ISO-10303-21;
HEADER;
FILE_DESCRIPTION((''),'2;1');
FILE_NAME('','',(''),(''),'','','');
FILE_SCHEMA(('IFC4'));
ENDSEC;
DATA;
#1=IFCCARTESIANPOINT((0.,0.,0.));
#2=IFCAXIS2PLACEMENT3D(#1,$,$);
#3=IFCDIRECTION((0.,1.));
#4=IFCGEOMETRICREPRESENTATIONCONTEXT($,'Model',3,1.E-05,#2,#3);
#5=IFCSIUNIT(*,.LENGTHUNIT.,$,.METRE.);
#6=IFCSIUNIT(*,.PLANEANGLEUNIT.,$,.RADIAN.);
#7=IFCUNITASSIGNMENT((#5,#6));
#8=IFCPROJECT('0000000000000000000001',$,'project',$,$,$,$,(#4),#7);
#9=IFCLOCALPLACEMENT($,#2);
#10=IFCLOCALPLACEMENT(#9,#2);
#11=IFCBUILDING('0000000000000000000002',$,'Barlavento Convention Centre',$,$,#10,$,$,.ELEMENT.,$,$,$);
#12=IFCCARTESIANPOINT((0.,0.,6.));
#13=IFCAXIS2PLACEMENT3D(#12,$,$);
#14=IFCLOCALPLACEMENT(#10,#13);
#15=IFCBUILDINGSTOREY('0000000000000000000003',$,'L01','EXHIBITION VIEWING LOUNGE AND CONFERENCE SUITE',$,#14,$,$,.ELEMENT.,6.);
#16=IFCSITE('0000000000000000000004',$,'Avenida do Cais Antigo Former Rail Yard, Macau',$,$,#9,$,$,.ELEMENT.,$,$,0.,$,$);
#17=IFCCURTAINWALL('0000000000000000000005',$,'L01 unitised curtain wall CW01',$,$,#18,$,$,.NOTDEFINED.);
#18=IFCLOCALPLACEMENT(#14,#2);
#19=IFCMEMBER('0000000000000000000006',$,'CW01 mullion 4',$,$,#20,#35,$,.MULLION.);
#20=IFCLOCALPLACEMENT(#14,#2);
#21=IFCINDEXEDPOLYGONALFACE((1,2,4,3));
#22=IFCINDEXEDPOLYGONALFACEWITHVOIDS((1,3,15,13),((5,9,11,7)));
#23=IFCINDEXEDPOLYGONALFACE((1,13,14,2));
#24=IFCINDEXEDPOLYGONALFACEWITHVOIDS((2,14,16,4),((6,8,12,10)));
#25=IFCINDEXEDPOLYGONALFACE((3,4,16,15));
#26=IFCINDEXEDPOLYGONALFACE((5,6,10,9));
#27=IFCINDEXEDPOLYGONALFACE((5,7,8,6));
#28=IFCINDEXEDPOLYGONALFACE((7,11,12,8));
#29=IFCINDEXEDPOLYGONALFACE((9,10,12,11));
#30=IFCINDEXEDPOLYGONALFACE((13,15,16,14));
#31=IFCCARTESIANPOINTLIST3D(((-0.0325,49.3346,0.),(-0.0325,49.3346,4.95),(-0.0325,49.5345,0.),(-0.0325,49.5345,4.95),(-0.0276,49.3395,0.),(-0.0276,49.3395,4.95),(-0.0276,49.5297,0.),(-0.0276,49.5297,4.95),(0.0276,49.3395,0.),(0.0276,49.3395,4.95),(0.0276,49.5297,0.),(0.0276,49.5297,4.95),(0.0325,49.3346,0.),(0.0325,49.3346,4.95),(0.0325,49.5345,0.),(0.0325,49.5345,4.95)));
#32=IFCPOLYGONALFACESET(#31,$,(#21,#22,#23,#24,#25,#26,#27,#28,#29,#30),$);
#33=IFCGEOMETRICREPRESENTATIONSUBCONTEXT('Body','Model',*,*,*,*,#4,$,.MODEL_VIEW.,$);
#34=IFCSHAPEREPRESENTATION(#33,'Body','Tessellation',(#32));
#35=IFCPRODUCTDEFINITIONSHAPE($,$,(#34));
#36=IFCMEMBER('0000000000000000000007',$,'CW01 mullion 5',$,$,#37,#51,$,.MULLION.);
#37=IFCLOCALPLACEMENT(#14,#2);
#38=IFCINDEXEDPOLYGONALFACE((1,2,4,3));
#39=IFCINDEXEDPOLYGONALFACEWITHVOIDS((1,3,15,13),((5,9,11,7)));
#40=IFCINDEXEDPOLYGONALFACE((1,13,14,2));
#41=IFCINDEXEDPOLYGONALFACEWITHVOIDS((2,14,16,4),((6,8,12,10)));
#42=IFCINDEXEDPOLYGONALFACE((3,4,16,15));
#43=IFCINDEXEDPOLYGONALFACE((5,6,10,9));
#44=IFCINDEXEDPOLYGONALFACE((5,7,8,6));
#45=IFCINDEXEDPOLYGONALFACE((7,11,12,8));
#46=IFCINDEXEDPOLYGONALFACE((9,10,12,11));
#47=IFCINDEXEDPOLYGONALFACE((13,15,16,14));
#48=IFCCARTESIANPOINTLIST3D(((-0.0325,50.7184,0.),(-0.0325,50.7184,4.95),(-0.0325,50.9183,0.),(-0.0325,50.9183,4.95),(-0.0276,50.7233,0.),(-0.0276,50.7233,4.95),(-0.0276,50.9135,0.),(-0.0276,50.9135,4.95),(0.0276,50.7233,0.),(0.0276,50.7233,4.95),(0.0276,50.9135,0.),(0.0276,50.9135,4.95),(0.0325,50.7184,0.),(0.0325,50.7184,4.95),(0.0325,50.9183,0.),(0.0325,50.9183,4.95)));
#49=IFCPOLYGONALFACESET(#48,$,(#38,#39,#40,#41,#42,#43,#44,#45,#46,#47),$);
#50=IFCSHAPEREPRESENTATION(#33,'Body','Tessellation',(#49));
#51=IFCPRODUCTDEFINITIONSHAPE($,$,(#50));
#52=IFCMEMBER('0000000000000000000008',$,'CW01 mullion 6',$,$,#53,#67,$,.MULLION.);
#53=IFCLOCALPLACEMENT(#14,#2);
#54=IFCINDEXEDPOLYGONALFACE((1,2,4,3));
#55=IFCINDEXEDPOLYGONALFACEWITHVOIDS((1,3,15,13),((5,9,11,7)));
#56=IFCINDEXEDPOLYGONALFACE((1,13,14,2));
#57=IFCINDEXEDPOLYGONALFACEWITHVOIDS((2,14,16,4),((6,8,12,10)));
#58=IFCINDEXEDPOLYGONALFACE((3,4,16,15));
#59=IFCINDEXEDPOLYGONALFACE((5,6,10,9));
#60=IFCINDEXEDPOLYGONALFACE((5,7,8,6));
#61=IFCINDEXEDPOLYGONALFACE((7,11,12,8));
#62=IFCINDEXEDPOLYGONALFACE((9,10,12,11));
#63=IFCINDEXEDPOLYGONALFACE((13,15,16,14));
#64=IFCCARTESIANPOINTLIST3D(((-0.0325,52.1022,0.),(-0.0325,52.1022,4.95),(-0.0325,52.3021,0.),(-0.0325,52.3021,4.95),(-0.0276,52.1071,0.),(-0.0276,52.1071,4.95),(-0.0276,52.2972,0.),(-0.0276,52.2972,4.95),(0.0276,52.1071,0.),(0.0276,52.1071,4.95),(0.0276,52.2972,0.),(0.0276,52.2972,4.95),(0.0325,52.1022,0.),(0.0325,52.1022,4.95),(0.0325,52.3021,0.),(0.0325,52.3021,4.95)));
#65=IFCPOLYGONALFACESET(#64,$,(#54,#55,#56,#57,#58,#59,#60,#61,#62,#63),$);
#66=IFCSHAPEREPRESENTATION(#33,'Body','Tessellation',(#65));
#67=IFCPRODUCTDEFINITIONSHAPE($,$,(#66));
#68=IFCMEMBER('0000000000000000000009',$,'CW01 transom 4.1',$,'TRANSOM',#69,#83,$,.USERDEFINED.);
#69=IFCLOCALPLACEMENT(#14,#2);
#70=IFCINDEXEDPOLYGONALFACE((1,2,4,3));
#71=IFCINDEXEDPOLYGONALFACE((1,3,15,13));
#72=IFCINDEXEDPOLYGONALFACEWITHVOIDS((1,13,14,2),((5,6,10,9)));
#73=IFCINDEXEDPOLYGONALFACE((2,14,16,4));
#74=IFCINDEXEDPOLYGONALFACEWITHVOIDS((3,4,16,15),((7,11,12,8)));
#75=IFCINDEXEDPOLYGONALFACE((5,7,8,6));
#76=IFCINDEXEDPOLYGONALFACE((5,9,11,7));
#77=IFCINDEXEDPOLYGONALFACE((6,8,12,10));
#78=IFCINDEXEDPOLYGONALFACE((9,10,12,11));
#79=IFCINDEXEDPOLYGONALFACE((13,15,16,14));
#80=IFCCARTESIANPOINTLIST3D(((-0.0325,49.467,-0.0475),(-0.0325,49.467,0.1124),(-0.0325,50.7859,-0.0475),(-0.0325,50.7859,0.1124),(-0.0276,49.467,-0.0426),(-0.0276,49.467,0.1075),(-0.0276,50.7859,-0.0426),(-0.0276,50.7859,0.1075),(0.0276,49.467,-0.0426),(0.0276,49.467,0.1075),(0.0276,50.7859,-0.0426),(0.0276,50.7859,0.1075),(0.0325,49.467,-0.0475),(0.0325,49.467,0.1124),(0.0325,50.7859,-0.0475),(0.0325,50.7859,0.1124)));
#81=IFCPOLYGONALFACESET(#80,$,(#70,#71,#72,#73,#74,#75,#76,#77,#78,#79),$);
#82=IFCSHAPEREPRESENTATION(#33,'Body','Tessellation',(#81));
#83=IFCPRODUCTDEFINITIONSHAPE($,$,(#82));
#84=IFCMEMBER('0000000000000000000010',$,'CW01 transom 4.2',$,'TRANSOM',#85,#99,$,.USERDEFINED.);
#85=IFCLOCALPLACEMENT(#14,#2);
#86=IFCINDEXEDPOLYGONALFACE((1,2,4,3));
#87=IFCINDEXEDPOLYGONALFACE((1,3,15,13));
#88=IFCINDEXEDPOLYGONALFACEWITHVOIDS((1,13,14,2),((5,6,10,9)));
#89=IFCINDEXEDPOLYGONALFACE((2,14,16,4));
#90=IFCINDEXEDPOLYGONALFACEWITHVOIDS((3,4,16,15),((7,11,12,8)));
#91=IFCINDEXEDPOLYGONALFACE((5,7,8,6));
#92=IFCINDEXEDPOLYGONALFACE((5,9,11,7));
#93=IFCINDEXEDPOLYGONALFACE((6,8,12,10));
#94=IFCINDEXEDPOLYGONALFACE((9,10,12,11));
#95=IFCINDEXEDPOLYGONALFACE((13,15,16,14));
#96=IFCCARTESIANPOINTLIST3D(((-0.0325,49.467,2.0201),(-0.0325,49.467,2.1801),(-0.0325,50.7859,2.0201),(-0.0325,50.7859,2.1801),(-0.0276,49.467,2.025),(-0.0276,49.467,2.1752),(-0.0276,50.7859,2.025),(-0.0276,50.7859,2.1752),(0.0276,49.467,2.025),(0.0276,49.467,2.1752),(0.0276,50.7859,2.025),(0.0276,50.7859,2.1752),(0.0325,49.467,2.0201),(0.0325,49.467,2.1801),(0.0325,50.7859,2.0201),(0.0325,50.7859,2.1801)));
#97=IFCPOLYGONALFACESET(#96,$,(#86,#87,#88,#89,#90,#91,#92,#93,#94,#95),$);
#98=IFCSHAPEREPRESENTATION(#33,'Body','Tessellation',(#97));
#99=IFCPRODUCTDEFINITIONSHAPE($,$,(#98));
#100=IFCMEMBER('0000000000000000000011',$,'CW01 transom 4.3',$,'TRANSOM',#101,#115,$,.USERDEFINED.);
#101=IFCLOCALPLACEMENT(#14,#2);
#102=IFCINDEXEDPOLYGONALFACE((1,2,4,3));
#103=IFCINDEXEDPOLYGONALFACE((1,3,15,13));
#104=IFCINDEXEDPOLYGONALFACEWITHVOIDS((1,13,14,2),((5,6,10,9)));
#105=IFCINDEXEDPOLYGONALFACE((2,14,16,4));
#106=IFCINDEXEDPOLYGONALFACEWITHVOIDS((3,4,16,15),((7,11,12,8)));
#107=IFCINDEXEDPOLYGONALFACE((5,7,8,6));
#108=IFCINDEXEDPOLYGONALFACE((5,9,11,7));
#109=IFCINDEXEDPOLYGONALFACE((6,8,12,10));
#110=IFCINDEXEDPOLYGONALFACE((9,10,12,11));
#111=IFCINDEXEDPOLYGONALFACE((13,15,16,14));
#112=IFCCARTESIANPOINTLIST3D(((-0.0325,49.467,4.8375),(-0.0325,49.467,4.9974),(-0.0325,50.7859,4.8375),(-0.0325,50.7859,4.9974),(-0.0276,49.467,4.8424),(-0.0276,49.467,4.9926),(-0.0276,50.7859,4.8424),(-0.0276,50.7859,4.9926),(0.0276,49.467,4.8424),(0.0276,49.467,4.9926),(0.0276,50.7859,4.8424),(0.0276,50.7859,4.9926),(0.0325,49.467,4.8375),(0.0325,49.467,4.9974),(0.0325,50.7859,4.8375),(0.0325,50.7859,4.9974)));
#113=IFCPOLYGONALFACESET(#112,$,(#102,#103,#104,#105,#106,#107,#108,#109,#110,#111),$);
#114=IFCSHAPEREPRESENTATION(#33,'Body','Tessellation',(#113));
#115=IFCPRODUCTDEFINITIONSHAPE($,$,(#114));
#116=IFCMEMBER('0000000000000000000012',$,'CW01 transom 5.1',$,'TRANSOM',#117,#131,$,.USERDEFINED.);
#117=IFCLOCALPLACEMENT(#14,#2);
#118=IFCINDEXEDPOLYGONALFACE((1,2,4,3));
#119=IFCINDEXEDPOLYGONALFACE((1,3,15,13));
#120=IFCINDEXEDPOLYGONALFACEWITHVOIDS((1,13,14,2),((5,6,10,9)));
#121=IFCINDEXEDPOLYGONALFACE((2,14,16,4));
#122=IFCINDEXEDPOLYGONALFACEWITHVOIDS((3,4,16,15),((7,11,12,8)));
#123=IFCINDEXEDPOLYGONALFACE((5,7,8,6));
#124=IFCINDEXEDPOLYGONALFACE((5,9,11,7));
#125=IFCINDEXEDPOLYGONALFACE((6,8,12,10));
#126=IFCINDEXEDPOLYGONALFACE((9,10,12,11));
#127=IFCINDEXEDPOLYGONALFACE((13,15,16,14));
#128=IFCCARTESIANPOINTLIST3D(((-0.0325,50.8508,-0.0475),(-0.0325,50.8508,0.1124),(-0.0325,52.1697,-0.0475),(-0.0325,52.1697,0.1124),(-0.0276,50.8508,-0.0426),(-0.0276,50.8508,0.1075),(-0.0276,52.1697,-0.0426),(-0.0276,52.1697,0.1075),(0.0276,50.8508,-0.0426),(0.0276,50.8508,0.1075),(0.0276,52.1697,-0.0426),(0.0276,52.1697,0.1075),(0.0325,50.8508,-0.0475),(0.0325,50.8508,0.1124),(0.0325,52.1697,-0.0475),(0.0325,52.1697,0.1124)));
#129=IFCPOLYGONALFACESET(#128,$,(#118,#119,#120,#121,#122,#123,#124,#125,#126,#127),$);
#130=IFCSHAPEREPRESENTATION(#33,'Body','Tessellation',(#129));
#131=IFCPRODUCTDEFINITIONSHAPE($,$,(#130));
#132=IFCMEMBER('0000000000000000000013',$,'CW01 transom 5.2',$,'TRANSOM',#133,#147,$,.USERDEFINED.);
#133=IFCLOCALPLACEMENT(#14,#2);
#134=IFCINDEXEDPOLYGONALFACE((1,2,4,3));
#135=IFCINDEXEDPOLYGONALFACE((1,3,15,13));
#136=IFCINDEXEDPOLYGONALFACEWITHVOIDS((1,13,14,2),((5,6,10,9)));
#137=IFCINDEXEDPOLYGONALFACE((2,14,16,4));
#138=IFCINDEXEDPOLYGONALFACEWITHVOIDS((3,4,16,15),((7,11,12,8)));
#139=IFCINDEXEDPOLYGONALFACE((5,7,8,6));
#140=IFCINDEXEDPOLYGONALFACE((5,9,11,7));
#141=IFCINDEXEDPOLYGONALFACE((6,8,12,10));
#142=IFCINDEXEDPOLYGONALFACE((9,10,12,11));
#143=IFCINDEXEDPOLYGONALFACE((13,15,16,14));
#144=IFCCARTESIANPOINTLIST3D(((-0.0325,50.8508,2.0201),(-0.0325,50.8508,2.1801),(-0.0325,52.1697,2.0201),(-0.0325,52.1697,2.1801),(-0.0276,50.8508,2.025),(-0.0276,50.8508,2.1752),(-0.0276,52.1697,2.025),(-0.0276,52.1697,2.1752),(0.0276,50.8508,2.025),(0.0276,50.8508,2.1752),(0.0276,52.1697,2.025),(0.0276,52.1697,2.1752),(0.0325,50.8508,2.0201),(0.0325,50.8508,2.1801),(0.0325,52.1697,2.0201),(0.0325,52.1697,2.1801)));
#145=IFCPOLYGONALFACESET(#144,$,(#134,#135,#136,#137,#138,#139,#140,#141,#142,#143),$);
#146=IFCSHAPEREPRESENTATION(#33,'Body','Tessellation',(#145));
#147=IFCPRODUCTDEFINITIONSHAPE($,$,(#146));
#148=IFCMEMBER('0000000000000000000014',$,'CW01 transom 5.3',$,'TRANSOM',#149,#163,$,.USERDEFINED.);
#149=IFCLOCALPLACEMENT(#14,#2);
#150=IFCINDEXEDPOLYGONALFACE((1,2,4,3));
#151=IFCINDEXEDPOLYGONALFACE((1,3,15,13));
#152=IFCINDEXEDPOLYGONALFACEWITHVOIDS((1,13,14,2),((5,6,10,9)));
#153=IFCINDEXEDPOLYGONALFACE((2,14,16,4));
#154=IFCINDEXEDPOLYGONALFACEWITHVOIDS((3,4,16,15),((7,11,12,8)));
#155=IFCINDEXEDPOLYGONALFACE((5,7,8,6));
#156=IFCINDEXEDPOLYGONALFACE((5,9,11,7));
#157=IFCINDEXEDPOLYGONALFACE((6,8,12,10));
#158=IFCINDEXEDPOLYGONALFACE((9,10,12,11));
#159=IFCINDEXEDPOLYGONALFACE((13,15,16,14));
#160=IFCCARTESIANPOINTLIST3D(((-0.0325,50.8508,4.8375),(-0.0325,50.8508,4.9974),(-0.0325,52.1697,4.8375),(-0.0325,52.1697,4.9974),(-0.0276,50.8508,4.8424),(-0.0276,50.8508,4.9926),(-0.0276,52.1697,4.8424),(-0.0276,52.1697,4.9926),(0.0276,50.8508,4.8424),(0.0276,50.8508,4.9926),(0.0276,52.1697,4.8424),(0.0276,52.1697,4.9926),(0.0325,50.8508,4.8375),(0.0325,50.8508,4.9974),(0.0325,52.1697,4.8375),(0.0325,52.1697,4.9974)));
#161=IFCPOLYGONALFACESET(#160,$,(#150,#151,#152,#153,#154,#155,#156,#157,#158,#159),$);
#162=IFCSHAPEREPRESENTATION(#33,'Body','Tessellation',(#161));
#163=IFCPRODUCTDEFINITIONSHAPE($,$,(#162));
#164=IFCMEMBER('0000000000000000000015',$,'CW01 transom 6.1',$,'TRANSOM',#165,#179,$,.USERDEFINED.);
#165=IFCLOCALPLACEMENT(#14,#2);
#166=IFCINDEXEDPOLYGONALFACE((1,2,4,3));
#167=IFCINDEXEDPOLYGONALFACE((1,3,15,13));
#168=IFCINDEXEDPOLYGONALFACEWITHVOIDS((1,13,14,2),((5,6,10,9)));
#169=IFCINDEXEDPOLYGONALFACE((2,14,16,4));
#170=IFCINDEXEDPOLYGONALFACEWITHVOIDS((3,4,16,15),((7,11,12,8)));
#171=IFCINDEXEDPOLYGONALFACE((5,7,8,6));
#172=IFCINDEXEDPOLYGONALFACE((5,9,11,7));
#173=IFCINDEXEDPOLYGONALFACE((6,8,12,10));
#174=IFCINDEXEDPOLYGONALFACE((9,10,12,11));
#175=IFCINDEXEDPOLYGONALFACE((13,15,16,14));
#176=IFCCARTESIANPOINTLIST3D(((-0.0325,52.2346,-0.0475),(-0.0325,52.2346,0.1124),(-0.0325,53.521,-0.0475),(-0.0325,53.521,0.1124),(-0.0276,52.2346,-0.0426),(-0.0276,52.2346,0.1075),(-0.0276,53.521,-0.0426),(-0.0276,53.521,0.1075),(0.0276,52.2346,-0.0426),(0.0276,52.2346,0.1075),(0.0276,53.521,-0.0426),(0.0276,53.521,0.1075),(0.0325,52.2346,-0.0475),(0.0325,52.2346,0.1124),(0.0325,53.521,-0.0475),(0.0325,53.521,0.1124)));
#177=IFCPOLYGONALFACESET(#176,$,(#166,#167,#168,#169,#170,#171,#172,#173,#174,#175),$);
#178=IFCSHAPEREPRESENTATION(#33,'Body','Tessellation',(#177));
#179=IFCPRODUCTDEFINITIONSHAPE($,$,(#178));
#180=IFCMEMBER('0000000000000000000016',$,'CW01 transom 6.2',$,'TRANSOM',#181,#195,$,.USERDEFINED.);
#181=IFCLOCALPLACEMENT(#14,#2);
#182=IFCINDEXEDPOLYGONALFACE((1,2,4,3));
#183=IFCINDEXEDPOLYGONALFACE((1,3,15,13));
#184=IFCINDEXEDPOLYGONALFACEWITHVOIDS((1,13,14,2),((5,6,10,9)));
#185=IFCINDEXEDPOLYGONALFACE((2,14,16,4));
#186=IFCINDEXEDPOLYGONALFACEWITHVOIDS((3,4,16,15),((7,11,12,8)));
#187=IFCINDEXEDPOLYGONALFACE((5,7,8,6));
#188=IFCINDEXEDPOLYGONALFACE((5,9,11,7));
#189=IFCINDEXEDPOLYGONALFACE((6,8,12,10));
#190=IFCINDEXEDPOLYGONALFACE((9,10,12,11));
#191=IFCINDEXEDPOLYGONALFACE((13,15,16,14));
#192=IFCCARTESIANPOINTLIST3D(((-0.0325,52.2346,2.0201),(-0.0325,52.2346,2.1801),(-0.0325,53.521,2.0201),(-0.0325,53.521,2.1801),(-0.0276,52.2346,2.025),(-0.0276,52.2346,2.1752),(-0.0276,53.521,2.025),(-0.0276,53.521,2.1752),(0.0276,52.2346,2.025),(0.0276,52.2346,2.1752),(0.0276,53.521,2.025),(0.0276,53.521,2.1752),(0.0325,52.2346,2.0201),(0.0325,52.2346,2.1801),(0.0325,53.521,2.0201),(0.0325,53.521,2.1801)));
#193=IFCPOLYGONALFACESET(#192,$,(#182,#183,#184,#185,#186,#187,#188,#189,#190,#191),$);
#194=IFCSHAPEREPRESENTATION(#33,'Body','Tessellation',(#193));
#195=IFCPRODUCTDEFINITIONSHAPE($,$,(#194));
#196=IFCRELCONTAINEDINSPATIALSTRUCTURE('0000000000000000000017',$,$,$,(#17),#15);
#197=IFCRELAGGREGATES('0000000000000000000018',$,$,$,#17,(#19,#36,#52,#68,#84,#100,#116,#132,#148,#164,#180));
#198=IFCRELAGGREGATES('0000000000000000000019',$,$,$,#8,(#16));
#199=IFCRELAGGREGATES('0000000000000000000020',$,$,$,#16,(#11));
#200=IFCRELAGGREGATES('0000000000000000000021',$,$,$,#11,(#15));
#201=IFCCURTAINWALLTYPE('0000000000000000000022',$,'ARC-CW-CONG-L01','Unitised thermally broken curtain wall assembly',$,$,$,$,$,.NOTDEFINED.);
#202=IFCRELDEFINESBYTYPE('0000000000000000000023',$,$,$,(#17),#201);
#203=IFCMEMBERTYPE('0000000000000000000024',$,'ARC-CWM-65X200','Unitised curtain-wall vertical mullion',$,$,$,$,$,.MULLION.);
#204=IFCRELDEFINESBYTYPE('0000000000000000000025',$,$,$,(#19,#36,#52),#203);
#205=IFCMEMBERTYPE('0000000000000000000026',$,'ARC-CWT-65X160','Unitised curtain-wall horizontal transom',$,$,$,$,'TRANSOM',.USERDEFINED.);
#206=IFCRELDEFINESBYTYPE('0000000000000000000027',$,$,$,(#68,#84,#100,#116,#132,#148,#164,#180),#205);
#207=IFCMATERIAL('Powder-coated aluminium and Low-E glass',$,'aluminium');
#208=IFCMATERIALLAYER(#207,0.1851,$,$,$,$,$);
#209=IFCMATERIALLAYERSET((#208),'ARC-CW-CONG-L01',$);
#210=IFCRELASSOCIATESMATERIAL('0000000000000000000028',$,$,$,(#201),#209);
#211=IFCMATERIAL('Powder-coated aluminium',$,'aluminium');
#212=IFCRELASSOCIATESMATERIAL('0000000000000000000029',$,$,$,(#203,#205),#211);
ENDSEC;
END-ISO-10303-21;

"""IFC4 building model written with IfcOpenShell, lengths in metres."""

from ifc_helpers import new_model, si_unit, direction, frame, origin, origin_2d, place, context, subcontext, project, spatial, hollow_rectangle, extrude, material, layer, layer_set, material_profile, profile_set, type_object, element, aggregate, save


model = new_model("IFC4")

# Units and contexts
model_context = context("Model", 3, precision=1e-05, world=origin(), true_north=direction((0.0, 1.0)))
body_context = subcontext(model_context, "Body", "Model", "MODEL_VIEW")
ifc_project = project(units=[si_unit("LENGTHUNIT", "METRE"), si_unit("PLANEANGLEUNIT", "RADIAN")], contexts=[model_context])

# Site, building, storey
site_placement = place(None, origin())
site = spatial("IfcSite", under=ifc_project, at=site_placement, Name="Avenida do Cais Antigo Former Rail Yard, Macau", CompositionType="ELEMENT", RefElevation=0.0)
building_placement = place(site_placement, origin())
building = spatial("IfcBuilding", under=site, at=building_placement, Name="Barlavento Convention Centre", CompositionType="ELEMENT")
storey_placement = place(building_placement, frame((0.0, 0.0, 6.0)))
storey = spatial("IfcBuildingStorey", under=building, at=storey_placement, Name="L01", Description="EXHIBITION VIEWING LOUNGE AND CONFERENCE SUITE", CompositionType="ELEMENT", Elevation=6.0)

# Curtain wall, members
ifc_material_1 = material(Name="Powder-coated aluminium and Low-E glass", Category="aluminium")
ifc_layer_1 = layer(ifc_material_1, 0.1851)
ifc_layer_set_1 = layer_set([ifc_layer_1], Name="ARC-CW-CONG-L01")
curtain_wall_type = type_object("IfcCurtainWallType", Name="ARC-CW-CONG-L01", Description="Unitised thermally broken curtain wall assembly", PredefinedType="NOTDEFINED", material=ifc_layer_set_1)
curtain_wall_placement = place(storey_placement, origin())
curtain_wall = element("IfcCurtainWall", 1, at=curtain_wall_placement, inside=storey, type_object=curtain_wall_type, Name="L01 unitised curtain wall CW01", PredefinedType="NOTDEFINED")
ifc_material_2 = material(Name="Powder-coated aluminium", Category="aluminium")
ifc_material_profile_1 = material_profile(ifc_material_2, hollow_rectangle(XDim=0.0649, YDim=0.2, WallThickness=0.0049, at=origin_2d()), Name="AL-MULL 65x200x5")
ifc_profile_set_1 = profile_set([ifc_material_profile_1], Name="Powder-coated aluminium")
member_type_1 = type_object("IfcMemberType", Name="ARC-CWM-65X200", Description="Unitised curtain-wall vertical mullion", PredefinedType="MULLION", material=ifc_profile_set_1)
member_1_placement = place(storey_placement, frame((0.0, 49.4346, 0.0), z_axis=(0.0, 0.0, 1.0), x_axis=(-1.0, 0.0, 0.0)))
member_1 = element("IfcMember", 2, at=member_1_placement, type_object=member_type_1, Name="CW01 mullion 4", PredefinedType="MULLION", context=body_context, shape_type="SweptSolid", body=[
    extrude(hollow_rectangle(XDim=0.0649, YDim=0.2, WallThickness=0.0049, at=origin_2d()), origin(), (0.0, 0.0, 1.0), 4.95),
])
member_2_placement = place(storey_placement, frame((0.0, 50.8184, 0.0), z_axis=(0.0, 0.0, 1.0), x_axis=(-1.0, 0.0, 0.0)))
member_2 = element("IfcMember", 3, at=member_2_placement, type_object=member_type_1, Name="CW01 mullion 5", PredefinedType="MULLION", context=body_context, shape_type="SweptSolid", body=[
    extrude(hollow_rectangle(XDim=0.0649, YDim=0.2, WallThickness=0.0049, at=origin_2d()), origin(), (0.0, 0.0, 1.0), 4.95),
])
member_3_placement = place(storey_placement, frame((0.0, 52.2021, 0.0), z_axis=(0.0, 0.0, 1.0), x_axis=(-1.0, 0.0, 0.0)))
member_3 = element("IfcMember", 4, at=member_3_placement, type_object=member_type_1, Name="CW01 mullion 6", PredefinedType="MULLION", context=body_context, shape_type="SweptSolid", body=[
    extrude(hollow_rectangle(XDim=0.0649, YDim=0.2, WallThickness=0.0049, at=origin_2d()), origin(), (0.0, 0.0, 1.0), 4.95),
])
ifc_material_profile_2 = material_profile(ifc_material_2, hollow_rectangle(XDim=0.0649, YDim=0.1599, WallThickness=0.0049, at=origin_2d()), Name="AL-TRAN 65x160x5")
ifc_profile_set_2 = profile_set([ifc_material_profile_2], Name="Powder-coated aluminium")
member_type_2 = type_object("IfcMemberType", Name="ARC-CWT-65X160", Description="Unitised curtain-wall horizontal transom", ElementType="TRANSOM", PredefinedType="USERDEFINED", material=ifc_profile_set_2)
member_4_placement = place(storey_placement, frame((0.0, 49.467, 0.0325), z_axis=(0.0, 1.0, 0.0), x_axis=(-1.0, 0.0, 0.0)))
member_4 = element("IfcMember", 5, at=member_4_placement, type_object=member_type_2, Name="CW01 transom 4.1", ObjectType="TRANSOM", PredefinedType="USERDEFINED", context=body_context, shape_type="SweptSolid", body=[
    extrude(hollow_rectangle(XDim=0.0649, YDim=0.1599, WallThickness=0.0049, at=origin_2d()), origin(), (0.0, 0.0, 1.0), 1.3188),
])
member_5_placement = place(storey_placement, frame((0.0, 49.467, 2.1001), z_axis=(0.0, 1.0, 0.0), x_axis=(-1.0, 0.0, 0.0)))
member_5 = element("IfcMember", 6, at=member_5_placement, type_object=member_type_2, Name="CW01 transom 4.2", ObjectType="TRANSOM", PredefinedType="USERDEFINED", context=body_context, shape_type="SweptSolid", body=[
    extrude(hollow_rectangle(XDim=0.0649, YDim=0.1599, WallThickness=0.0049, at=origin_2d()), origin(), (0.0, 0.0, 1.0), 1.3188),
])
member_6_placement = place(storey_placement, frame((0.0, 49.467, 4.9175), z_axis=(0.0, 1.0, 0.0), x_axis=(-1.0, 0.0, 0.0)))
member_6 = element("IfcMember", 7, at=member_6_placement, type_object=member_type_2, Name="CW01 transom 4.3", ObjectType="TRANSOM", PredefinedType="USERDEFINED", context=body_context, shape_type="SweptSolid", body=[
    extrude(hollow_rectangle(XDim=0.0649, YDim=0.1599, WallThickness=0.0049, at=origin_2d()), origin(), (0.0, 0.0, 1.0), 1.3188),
])
member_7_placement = place(storey_placement, frame((0.0, 50.8508, 0.0325), z_axis=(0.0, 1.0, 0.0), x_axis=(-1.0, 0.0, 0.0)))
member_7 = element("IfcMember", 8, at=member_7_placement, type_object=member_type_2, Name="CW01 transom 5.1", ObjectType="TRANSOM", PredefinedType="USERDEFINED", context=body_context, shape_type="SweptSolid", body=[
    extrude(hollow_rectangle(XDim=0.0649, YDim=0.1599, WallThickness=0.0049, at=origin_2d()), origin(), (0.0, 0.0, 1.0), 1.3188),
])
member_8_placement = place(storey_placement, frame((0.0, 50.8508, 2.1001), z_axis=(0.0, 1.0, 0.0), x_axis=(-1.0, 0.0, 0.0)))
member_8 = element("IfcMember", 9, at=member_8_placement, type_object=member_type_2, Name="CW01 transom 5.2", ObjectType="TRANSOM", PredefinedType="USERDEFINED", context=body_context, shape_type="SweptSolid", body=[
    extrude(hollow_rectangle(XDim=0.0649, YDim=0.1599, WallThickness=0.0049, at=origin_2d()), origin(), (0.0, 0.0, 1.0), 1.3188),
])
member_9_placement = place(storey_placement, frame((0.0, 50.8508, 4.9175), z_axis=(0.0, 1.0, 0.0), x_axis=(-1.0, 0.0, 0.0)))
member_9 = element("IfcMember", 10, at=member_9_placement, type_object=member_type_2, Name="CW01 transom 5.3", ObjectType="TRANSOM", PredefinedType="USERDEFINED", context=body_context, shape_type="SweptSolid", body=[
    extrude(hollow_rectangle(XDim=0.0649, YDim=0.1599, WallThickness=0.0049, at=origin_2d()), origin(), (0.0, 0.0, 1.0), 1.3188),
])
member_10_placement = place(storey_placement, frame((0.0, 52.2346, 0.0325), z_axis=(0.0, 1.0, 0.0), x_axis=(-1.0, 0.0, 0.0)))
member_10 = element("IfcMember", 11, at=member_10_placement, type_object=member_type_2, Name="CW01 transom 6.1", ObjectType="TRANSOM", PredefinedType="USERDEFINED", context=body_context, shape_type="SweptSolid", body=[
    extrude(hollow_rectangle(XDim=0.0649, YDim=0.1599, WallThickness=0.0049, at=origin_2d()), origin(), (0.0, 0.0, 1.0), 1.2864),
])
member_11_placement = place(storey_placement, frame((0.0, 52.2346, 2.1001), z_axis=(0.0, 1.0, 0.0), x_axis=(-1.0, 0.0, 0.0)))
member_11 = element("IfcMember", 12, at=member_11_placement, type_object=member_type_2, Name="CW01 transom 6.2", ObjectType="TRANSOM", PredefinedType="USERDEFINED", context=body_context, shape_type="SweptSolid", body=[
    extrude(hollow_rectangle(XDim=0.0649, YDim=0.1599, WallThickness=0.0049, at=origin_2d()), origin(), (0.0, 0.0, 1.0), 1.2864),
])
aggregate(curtain_wall, [member_1, member_2, member_3, member_4, member_5, member_6, member_7, member_8, member_9, member_10, member_11])

save(model, "model.ifc")
